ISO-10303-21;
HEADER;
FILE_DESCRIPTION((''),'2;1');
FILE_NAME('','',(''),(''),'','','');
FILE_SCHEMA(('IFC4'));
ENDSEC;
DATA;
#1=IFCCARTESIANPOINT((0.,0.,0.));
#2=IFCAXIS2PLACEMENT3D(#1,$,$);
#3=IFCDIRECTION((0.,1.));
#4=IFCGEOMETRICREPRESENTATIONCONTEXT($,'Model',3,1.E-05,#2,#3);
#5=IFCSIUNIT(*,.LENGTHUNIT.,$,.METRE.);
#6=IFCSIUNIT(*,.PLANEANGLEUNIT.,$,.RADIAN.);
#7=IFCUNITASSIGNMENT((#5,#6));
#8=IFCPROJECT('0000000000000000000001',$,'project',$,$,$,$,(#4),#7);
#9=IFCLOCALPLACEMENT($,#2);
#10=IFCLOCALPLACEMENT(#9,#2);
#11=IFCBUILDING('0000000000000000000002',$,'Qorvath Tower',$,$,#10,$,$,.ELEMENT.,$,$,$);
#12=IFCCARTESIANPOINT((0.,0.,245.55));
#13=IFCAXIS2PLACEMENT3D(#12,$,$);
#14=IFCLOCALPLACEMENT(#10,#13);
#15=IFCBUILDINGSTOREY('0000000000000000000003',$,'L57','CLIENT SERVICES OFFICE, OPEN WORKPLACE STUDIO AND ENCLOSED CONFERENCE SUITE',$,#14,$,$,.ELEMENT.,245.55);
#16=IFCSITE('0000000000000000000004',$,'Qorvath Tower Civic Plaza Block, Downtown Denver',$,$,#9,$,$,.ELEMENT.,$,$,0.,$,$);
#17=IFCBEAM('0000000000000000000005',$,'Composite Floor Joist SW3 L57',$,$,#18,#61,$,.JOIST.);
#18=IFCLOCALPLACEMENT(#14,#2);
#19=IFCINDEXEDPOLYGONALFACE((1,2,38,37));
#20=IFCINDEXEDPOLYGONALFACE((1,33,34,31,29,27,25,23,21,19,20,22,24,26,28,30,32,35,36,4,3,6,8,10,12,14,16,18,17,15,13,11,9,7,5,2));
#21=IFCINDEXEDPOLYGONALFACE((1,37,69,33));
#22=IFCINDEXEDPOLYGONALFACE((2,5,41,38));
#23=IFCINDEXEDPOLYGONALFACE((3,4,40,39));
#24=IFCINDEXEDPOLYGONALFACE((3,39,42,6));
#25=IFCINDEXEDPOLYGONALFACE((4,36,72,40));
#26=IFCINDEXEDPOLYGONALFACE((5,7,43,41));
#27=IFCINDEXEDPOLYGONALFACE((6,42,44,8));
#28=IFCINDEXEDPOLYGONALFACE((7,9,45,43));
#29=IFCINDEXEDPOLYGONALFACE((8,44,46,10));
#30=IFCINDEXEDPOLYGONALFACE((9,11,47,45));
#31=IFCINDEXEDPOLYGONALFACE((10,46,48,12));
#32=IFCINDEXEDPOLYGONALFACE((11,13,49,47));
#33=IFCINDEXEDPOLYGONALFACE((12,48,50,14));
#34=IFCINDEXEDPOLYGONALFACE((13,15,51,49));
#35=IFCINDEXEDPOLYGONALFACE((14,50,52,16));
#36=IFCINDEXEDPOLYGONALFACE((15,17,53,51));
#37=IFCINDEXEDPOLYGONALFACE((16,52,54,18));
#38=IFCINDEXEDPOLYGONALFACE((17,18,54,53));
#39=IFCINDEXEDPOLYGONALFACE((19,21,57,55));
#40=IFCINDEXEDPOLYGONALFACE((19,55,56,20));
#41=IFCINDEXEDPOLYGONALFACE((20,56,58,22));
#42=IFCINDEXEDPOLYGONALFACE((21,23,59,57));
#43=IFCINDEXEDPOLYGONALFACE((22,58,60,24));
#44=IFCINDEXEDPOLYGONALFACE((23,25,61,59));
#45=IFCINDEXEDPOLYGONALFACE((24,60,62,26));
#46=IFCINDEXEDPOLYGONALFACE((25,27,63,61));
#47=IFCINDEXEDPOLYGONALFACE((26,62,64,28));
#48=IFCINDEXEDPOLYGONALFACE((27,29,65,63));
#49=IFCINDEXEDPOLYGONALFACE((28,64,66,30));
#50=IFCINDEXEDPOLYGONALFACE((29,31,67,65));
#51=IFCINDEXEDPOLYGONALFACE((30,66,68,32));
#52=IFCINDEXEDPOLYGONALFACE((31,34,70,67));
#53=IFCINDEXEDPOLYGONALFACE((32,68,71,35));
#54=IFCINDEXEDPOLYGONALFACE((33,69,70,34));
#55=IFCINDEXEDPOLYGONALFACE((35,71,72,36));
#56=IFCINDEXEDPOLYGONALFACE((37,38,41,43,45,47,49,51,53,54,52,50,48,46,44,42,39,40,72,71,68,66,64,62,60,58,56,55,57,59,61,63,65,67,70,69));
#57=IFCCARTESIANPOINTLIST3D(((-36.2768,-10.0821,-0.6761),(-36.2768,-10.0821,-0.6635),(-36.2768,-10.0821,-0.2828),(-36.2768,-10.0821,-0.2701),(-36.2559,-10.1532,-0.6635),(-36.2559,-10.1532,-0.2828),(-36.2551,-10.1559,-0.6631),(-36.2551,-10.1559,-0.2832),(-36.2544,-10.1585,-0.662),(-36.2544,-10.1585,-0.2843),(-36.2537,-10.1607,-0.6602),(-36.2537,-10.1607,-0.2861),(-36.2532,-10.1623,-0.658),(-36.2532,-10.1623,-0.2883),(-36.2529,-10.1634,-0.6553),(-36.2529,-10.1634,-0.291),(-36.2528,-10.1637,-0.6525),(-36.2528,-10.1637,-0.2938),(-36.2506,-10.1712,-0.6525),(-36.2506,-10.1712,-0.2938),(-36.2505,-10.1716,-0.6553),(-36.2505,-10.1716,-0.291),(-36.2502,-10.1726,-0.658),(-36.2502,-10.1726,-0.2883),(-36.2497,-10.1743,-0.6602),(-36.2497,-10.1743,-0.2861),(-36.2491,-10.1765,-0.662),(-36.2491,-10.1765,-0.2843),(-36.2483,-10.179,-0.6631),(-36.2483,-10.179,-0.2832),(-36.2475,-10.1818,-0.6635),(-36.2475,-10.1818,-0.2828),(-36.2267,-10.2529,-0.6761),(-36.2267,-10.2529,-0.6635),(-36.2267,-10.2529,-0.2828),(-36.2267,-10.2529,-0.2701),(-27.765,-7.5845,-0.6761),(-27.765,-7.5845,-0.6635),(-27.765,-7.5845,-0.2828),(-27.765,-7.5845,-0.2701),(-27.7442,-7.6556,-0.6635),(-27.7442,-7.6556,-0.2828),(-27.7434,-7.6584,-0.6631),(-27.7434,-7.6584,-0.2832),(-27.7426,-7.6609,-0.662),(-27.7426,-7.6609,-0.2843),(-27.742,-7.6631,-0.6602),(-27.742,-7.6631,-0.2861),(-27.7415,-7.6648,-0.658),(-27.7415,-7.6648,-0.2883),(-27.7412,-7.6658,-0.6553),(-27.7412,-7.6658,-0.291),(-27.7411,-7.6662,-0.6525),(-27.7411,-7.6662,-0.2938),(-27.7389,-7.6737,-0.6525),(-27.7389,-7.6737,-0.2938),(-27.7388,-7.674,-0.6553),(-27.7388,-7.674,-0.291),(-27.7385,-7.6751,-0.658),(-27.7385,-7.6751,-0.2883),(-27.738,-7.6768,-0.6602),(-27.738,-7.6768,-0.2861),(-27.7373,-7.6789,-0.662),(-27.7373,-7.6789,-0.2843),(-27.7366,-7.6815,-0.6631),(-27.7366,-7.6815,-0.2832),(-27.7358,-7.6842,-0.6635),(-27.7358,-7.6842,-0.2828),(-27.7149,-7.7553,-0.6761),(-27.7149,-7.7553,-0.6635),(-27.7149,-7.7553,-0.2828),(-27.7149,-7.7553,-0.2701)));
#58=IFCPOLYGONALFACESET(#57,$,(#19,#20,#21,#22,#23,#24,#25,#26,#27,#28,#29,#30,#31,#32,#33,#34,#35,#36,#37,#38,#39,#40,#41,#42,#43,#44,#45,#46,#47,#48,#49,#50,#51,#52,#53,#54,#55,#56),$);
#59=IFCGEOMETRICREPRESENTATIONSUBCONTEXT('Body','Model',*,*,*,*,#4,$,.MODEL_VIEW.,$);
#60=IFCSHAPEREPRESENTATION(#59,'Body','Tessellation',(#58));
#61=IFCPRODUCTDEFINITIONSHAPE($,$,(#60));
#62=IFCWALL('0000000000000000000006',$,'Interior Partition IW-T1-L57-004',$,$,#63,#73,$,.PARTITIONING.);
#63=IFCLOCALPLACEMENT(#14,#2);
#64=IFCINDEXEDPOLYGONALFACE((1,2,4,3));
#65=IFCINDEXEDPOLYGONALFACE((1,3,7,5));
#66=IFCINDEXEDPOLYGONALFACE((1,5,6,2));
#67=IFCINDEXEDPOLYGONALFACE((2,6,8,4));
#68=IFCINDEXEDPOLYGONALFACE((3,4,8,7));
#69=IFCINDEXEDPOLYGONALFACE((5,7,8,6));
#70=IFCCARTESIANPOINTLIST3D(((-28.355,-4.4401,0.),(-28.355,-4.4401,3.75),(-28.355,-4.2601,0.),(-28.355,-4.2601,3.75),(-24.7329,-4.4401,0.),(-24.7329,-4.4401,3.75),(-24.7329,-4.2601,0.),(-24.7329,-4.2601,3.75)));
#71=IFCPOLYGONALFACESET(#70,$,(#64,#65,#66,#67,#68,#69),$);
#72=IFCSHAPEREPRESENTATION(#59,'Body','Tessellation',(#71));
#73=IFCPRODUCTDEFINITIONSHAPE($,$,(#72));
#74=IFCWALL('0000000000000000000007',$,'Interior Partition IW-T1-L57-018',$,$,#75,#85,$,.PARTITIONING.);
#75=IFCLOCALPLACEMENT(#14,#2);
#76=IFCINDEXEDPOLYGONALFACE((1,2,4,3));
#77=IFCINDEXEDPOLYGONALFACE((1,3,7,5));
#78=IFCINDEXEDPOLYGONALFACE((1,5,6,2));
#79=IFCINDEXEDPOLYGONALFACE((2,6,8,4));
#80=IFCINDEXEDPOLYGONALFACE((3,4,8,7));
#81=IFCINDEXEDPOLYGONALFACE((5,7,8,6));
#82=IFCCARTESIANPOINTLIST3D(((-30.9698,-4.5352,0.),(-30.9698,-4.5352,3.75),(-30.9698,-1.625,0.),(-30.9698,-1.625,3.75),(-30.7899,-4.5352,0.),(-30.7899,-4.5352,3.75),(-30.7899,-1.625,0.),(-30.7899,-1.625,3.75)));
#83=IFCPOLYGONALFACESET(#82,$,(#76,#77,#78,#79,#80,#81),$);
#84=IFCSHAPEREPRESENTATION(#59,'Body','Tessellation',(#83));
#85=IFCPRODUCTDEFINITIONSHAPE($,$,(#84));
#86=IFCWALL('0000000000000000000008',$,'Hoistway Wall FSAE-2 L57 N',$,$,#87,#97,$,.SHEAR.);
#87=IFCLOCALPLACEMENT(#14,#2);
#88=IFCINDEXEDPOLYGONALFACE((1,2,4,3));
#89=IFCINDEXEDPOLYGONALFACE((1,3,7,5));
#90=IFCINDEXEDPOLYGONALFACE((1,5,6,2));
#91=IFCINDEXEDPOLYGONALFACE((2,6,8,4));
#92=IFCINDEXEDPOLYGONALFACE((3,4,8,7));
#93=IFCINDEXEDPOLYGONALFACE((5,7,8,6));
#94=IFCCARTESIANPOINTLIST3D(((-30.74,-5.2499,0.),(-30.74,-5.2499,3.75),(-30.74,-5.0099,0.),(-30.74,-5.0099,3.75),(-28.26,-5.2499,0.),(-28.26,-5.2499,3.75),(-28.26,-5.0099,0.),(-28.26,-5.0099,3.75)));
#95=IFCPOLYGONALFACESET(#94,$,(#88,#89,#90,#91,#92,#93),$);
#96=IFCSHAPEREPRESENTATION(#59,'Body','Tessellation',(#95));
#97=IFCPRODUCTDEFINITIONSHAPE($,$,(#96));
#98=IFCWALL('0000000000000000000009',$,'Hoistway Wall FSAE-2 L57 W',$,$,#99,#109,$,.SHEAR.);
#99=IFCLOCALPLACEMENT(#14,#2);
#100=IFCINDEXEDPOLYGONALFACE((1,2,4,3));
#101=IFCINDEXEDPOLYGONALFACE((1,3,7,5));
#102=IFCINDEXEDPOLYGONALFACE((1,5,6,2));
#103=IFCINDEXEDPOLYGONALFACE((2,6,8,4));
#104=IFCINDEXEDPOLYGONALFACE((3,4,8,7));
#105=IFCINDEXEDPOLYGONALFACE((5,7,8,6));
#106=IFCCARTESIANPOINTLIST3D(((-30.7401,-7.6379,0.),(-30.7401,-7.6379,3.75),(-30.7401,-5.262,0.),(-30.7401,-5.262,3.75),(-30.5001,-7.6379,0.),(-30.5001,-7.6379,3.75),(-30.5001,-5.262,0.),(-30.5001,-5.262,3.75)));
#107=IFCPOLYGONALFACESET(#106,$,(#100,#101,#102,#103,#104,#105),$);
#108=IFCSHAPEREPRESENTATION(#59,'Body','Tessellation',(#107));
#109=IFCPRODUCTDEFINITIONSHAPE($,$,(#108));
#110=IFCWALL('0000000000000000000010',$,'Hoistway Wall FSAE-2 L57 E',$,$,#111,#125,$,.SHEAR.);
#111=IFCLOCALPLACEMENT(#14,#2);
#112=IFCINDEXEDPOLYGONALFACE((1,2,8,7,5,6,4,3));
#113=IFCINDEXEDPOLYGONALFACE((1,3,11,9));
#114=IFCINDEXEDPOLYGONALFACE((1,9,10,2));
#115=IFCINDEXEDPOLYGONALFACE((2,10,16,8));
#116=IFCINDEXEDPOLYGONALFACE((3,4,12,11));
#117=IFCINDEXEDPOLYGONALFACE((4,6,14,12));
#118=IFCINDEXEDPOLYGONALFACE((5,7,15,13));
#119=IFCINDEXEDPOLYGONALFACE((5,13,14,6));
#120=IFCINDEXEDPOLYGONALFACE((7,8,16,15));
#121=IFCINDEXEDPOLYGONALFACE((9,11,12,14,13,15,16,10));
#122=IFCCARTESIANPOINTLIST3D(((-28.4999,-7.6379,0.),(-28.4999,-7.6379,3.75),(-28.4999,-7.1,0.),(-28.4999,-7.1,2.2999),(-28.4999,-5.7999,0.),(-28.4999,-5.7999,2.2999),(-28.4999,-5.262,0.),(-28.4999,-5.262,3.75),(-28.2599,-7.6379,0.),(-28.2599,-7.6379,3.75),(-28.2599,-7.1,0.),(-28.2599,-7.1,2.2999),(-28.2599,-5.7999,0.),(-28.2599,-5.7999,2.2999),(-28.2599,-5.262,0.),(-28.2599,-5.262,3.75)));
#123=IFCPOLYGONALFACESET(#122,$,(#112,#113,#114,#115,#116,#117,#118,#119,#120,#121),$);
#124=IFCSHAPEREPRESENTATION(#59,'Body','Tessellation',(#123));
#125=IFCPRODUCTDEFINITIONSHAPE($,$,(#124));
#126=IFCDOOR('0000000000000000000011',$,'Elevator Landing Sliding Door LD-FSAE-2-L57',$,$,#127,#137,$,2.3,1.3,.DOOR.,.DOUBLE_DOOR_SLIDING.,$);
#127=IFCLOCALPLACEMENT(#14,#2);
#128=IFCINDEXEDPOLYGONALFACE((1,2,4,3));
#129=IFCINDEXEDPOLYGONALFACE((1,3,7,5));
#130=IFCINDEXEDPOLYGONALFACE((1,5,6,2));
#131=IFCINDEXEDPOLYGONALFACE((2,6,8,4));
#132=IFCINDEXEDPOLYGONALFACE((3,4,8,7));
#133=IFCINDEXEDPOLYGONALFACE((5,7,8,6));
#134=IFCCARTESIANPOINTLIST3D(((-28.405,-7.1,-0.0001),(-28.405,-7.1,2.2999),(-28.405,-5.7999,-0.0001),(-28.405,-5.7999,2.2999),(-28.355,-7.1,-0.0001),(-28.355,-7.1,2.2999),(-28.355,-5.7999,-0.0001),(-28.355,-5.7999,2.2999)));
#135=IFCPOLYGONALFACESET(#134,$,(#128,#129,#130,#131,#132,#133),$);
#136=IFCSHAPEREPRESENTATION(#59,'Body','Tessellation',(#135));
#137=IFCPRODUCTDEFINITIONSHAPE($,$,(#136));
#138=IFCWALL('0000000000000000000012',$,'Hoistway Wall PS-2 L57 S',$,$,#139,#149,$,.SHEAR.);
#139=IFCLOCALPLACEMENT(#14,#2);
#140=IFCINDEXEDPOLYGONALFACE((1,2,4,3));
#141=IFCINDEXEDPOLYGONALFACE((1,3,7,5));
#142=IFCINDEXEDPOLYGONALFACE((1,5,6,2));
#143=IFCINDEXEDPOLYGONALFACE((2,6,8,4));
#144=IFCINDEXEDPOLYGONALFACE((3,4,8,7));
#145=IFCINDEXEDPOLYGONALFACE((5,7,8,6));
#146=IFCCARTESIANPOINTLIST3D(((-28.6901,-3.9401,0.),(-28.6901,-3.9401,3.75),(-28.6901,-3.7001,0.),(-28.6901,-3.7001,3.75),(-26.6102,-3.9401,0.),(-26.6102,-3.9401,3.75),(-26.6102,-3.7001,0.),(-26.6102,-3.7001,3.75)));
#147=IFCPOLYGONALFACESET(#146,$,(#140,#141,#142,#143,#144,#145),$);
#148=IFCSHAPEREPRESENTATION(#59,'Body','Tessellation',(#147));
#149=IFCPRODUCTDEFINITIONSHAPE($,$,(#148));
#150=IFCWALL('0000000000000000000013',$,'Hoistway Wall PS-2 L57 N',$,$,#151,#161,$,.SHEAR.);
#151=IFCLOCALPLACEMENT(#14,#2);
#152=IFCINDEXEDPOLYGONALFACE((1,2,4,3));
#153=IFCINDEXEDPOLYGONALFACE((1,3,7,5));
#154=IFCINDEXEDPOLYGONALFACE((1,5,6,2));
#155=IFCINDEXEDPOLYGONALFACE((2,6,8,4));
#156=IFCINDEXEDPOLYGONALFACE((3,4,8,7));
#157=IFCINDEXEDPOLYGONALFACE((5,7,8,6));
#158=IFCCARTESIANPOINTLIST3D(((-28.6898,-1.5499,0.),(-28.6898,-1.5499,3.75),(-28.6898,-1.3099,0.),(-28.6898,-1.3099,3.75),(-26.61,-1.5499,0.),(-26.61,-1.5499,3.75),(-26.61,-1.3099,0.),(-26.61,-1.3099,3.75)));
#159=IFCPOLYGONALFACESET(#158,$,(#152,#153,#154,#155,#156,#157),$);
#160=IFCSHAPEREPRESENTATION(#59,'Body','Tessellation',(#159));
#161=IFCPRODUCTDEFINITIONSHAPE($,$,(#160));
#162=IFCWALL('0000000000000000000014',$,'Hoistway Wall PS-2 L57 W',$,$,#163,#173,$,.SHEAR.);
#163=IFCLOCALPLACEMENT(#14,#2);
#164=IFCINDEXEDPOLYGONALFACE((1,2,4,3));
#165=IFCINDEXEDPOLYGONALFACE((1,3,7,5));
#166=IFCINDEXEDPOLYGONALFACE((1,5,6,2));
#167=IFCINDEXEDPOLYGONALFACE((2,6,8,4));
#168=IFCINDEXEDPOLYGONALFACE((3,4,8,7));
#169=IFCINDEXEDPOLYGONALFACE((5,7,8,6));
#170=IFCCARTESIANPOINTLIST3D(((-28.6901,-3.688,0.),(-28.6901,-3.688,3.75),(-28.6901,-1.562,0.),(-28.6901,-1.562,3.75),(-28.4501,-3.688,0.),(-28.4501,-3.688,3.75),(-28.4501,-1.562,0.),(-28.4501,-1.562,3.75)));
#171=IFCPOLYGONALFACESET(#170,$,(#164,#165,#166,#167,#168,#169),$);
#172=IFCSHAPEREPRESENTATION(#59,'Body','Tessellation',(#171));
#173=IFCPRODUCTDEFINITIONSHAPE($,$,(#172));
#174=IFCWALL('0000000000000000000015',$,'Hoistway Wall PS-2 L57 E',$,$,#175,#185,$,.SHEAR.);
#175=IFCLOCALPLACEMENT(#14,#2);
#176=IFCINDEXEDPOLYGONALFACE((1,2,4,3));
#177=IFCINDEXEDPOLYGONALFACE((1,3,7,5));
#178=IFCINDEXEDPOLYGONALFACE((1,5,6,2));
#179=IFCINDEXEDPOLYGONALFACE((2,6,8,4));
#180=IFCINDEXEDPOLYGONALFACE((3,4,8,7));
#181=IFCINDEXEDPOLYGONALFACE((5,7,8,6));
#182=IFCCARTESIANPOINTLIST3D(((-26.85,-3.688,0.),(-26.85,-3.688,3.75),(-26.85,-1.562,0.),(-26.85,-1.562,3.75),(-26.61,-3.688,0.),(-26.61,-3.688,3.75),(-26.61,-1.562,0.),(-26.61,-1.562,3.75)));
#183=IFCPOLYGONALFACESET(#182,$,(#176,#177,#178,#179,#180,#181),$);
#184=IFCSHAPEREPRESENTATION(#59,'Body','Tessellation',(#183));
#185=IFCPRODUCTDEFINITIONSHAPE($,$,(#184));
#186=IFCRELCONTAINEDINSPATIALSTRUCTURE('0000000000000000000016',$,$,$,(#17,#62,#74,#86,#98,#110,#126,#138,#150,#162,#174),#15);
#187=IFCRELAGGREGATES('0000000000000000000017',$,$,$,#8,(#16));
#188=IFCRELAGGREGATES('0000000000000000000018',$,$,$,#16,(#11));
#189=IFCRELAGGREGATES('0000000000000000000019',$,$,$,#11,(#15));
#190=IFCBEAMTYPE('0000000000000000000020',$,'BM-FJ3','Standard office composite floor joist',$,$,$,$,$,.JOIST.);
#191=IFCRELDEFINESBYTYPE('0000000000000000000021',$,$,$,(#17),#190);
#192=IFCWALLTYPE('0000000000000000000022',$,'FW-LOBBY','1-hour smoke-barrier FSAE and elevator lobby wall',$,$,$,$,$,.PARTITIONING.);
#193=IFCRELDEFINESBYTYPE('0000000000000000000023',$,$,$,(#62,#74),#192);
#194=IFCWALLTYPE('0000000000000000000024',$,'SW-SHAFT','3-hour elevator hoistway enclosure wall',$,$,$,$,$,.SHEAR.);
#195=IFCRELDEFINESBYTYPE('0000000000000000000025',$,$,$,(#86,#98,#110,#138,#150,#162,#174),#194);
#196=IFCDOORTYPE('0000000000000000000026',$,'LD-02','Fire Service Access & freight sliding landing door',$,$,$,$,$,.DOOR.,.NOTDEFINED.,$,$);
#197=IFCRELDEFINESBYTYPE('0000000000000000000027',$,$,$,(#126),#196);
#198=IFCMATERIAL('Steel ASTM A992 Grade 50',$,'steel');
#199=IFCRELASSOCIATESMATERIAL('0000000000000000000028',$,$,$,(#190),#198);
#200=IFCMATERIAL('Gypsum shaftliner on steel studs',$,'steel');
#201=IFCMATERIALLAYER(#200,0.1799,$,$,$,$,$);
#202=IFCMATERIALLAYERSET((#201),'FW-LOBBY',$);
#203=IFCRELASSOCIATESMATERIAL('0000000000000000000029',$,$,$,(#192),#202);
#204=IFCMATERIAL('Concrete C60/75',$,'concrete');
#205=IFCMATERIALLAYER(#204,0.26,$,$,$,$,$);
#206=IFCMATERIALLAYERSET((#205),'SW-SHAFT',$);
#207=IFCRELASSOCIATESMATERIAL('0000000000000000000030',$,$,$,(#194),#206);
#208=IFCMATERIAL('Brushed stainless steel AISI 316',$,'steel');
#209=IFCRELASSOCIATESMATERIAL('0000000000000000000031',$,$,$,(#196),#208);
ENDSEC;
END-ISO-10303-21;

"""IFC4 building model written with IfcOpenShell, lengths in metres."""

from ifc_helpers import new_model, si_unit, direction, frame, frame_2d, origin, origin_2d, place, context, subcontext, project, spatial, rectangle, i_section, extrude, material, layer, layer_set, material_profile, profile_set, type_object, element, fill, save


model = new_model("IFC4")

# Units and contexts
model_context = context("Model", 3, precision=1e-05, world=origin(), true_north=direction((0.0, 1.0)))
body_context = subcontext(model_context, "Body", "Model", "MODEL_VIEW")
ifc_project = project(units=[si_unit("LENGTHUNIT", "METRE"), si_unit("PLANEANGLEUNIT", "RADIAN")], contexts=[model_context])

# Site, building, storey
site_placement = place(None, origin())
site = spatial("IfcSite", under=ifc_project, at=site_placement, Name="Qorvath Tower Civic Plaza Block, Downtown Denver", CompositionType="ELEMENT", RefElevation=0.0)
building_placement = place(site_placement, origin())
building = spatial("IfcBuilding", under=site, at=building_placement, Name="Qorvath Tower", CompositionType="ELEMENT")
storey_placement = place(building_placement, frame((0.0, 0.0, 245.55)))
storey = spatial("IfcBuildingStorey", under=building, at=storey_placement, Name="L57", Description="CLIENT SERVICES OFFICE, OPEN WORKPLACE STUDIO AND ENCLOSED CONFERENCE SUITE", CompositionType="ELEMENT", Elevation=245.55)

# Beam
ifc_material_1 = material(Name="Steel ASTM A992 Grade 50", Category="steel")
ifc_material_profile_1 = material_profile(ifc_material_1, i_section(OverallWidth=0.178, OverallDepth=0.406, WebThickness=0.0078, FlangeThickness=0.0127, FilletRadius=0.011, at=origin_2d()), Name="W16x40")
ifc_profile_set_1 = profile_set([ifc_material_profile_1], Name="Steel ASTM A992 Grade 50")
beam_type_1 = type_object("IfcBeamType", Name="BM-FJ3", Description="Standard office composite floor joist", PredefinedType="JOIST", material=ifc_profile_set_1)
beam_1_placement = place(storey_placement, frame((-27.74, -7.6699, -0.4731), z_axis=(-0.959545, -0.281555, 0.0), x_axis=(0.281555, -0.959545, 0.0)))
element("IfcBeam", 1, at=beam_1_placement, inside=storey, type_object=beam_type_1, Name="Composite Floor Joist SW3 L57", PredefinedType="JOIST", context=body_context, shape_type="SweptSolid", body=[
    extrude(i_section(OverallWidth=0.178, OverallDepth=0.406, WebThickness=0.0078, FlangeThickness=0.0127, FilletRadius=0.011, at=origin_2d()), origin(), (0.0, 0.0, 1.0), 8.8706),
])

# Walls
ifc_material_2 = material(Name="Gypsum shaftliner on steel studs", Category="steel")
ifc_layer_1 = layer(ifc_material_2, 0.1799)
ifc_layer_set_1 = layer_set([ifc_layer_1], Name="FW-LOBBY")
wall_type_1 = type_object("IfcWallType", Name="FW-LOBBY", Description="1-hour smoke-barrier FSAE and elevator lobby wall", PredefinedType="PARTITIONING", material=ifc_layer_set_1)
wall_1_placement = place(storey_placement, frame((-24.7329, -4.3501, 0.0), z_axis=(0.0, 0.0, 1.0), x_axis=(-1.0, 0.0, 0.0)))
element("IfcWall", 2, at=wall_1_placement, inside=storey, type_object=wall_type_1, Name="Interior Partition IW-T1-L57-004", PredefinedType="PARTITIONING", context=body_context, shape_type="SweptSolid", body=[
    extrude(rectangle(XDim=3.6221, YDim=0.1799, at=frame_2d((1.811, 0.0))), origin(), (0.0, 0.0, 1.0), 3.75),
])
wall_2_placement = place(storey_placement, frame((-30.8799, -4.5352, 0.0), z_axis=(0.0, 0.0, 1.0), x_axis=(0.0, 1.0, 0.0)))
element("IfcWall", 3, at=wall_2_placement, inside=storey, type_object=wall_type_1, Name="Interior Partition IW-T1-L57-018", PredefinedType="PARTITIONING", context=body_context, shape_type="SweptSolid", body=[
    extrude(rectangle(XDim=2.9102, YDim=0.1799, at=frame_2d((1.4551, 0.0))), origin(), (0.0, 0.0, 1.0), 3.75),
])
ifc_material_3 = material(Name="Concrete C60/75", Category="concrete")
ifc_layer_2 = layer(ifc_material_3, 0.26)
ifc_layer_set_2 = layer_set([ifc_layer_2], Name="SW-SHAFT")
wall_type_2 = type_object("IfcWallType", Name="SW-SHAFT", Description="3-hour elevator hoistway enclosure wall", PredefinedType="SHEAR", material=ifc_layer_set_2)
wall_3_placement = place(storey_placement, frame((-30.74, -5.1299, 0.0), z_axis=(0.0, 0.0, 1.0), x_axis=(1.0, 0.0, 0.0)))
element("IfcWall", 4, at=wall_3_placement, inside=storey, type_object=wall_type_2, Name="Hoistway Wall FSAE-2 L57 N", PredefinedType="SHEAR", context=body_context, shape_type="SweptSolid", body=[
    extrude(rectangle(XDim=2.48, YDim=0.24, at=frame_2d((1.24, 0.0))), origin(), (0.0, 0.0, 1.0), 3.75),
])
wall_4_placement = place(storey_placement, frame((-30.6201, -7.6379, 0.0), z_axis=(0.0, 0.0, 1.0), x_axis=(0.0, 1.0, 0.0)))
element("IfcWall", 5, at=wall_4_placement, inside=storey, type_object=wall_type_2, Name="Hoistway Wall FSAE-2 L57 W", PredefinedType="SHEAR", context=body_context, shape_type="SweptSolid", body=[
    extrude(rectangle(XDim=2.376, YDim=0.24, at=frame_2d((1.188, 0.0))), origin(), (0.0, 0.0, 1.0), 3.75),
])

# Wall, opening, door
wall_5_placement = place(storey_placement, frame((-28.3799, -5.262, 0.0), z_axis=(0.0, 0.0, 1.0), x_axis=(0.0, -1.0, 0.0)))
wall_5 = element("IfcWall", 6, at=wall_5_placement, inside=storey, type_object=wall_type_2, Name="Hoistway Wall FSAE-2 L57 E", PredefinedType="SHEAR", context=body_context, shape_type="SweptSolid", body=[
    extrude(rectangle(XDim=2.376, YDim=0.24, at=frame_2d((1.188, 0.0))), origin(), (0.0, 0.0, 1.0), 3.75),
])
opening_1_placement = place(wall_5_placement, frame((0.5381, 0.0, 0.0)))
opening_1 = element("IfcOpeningElement", 7, at=opening_1_placement, cuts=wall_5, PredefinedType="OPENING", context=body_context, shape_type="SweptSolid", body=[
    extrude(rectangle(XDim=1.3, YDim=2.3, at=frame_2d((0.6499, 1.1499))), frame((0.0, 0.1299, 0.0), z_axis=(0.0, -1.0, 0.0), x_axis=(1.0, 0.0, 0.0)), (0.0, 0.0, 1.0), 0.26),
])
ifc_material_4 = material(Name="Brushed stainless steel AISI 316", Category="steel")
door_type_1 = type_object("IfcDoorType", Name="LD-02", Description="Fire Service Access & freight sliding landing door", OperationType="NOTDEFINED", PredefinedType="DOOR", material=ifc_material_4)
door_1_placement = place(opening_1_placement, origin())
door_1 = element("IfcDoor", 8, at=door_1_placement, inside=storey, type_object=door_type_1, Name="Elevator Landing Sliding Door LD-FSAE-2-L57", OperationType="DOUBLE_DOOR_SLIDING", OverallHeight=2.3, OverallWidth=1.3, PredefinedType="DOOR", context=body_context, shape_type="SweptSolid", body=[
    extrude(rectangle(XDim=1.3, YDim=2.3, at=frame_2d((0.6499, 1.1499))), frame((0.0, 0.0249, 0.0), z_axis=(0.0, -1.0, 0.0), x_axis=(1.0, 0.0, 0.0)), (0.0, 0.0, 1.0), 0.05),
])
fill(opening_1, door_1)

# Walls
for number, where, z_axis, x_axis, name in (
    (9, (-26.6101, -3.8201, 0.0), (0.0, 0.0, 1.0), (-1.0, 0.0, 0.0), "Hoistway Wall PS-2 L57 S"),
    (10, (-28.6899, -1.4299, 0.0), (0.0, 0.0, 1.0), (1.0, 0.0, 0.0), "Hoistway Wall PS-2 L57 N"),
):
    element("IfcWall", number, at=place(storey_placement, frame(where, z_axis=z_axis, x_axis=x_axis)), inside=storey, type_object=wall_type_2, Name=name, PredefinedType="SHEAR", context=body_context, shape_type="SweptSolid", body=[
        extrude(rectangle(XDim=2.0798, YDim=0.24, at=frame_2d((1.04, 0.0))), origin(), (0.0, 0.0, 1.0), 3.75),
    ])
for number, where, z_axis, x_axis, name in (
    (11, (-28.5701, -3.688, 0.0), (0.0, 0.0, 1.0), (0.0, 1.0, 0.0), "Hoistway Wall PS-2 L57 W"),
    (12, (-26.73, -1.562, 0.0), (0.0, 0.0, 1.0), (0.0, -1.0, 0.0), "Hoistway Wall PS-2 L57 E"),
):
    element("IfcWall", number, at=place(storey_placement, frame(where, z_axis=z_axis, x_axis=x_axis)), inside=storey, type_object=wall_type_2, Name=name, PredefinedType="SHEAR", context=body_context, shape_type="SweptSolid", body=[
        extrude(rectangle(XDim=2.126, YDim=0.24, at=frame_2d((1.063, 0.0))), origin(), (0.0, 0.0, 1.0), 3.75),
    ])

save(model, "model.ifc")
